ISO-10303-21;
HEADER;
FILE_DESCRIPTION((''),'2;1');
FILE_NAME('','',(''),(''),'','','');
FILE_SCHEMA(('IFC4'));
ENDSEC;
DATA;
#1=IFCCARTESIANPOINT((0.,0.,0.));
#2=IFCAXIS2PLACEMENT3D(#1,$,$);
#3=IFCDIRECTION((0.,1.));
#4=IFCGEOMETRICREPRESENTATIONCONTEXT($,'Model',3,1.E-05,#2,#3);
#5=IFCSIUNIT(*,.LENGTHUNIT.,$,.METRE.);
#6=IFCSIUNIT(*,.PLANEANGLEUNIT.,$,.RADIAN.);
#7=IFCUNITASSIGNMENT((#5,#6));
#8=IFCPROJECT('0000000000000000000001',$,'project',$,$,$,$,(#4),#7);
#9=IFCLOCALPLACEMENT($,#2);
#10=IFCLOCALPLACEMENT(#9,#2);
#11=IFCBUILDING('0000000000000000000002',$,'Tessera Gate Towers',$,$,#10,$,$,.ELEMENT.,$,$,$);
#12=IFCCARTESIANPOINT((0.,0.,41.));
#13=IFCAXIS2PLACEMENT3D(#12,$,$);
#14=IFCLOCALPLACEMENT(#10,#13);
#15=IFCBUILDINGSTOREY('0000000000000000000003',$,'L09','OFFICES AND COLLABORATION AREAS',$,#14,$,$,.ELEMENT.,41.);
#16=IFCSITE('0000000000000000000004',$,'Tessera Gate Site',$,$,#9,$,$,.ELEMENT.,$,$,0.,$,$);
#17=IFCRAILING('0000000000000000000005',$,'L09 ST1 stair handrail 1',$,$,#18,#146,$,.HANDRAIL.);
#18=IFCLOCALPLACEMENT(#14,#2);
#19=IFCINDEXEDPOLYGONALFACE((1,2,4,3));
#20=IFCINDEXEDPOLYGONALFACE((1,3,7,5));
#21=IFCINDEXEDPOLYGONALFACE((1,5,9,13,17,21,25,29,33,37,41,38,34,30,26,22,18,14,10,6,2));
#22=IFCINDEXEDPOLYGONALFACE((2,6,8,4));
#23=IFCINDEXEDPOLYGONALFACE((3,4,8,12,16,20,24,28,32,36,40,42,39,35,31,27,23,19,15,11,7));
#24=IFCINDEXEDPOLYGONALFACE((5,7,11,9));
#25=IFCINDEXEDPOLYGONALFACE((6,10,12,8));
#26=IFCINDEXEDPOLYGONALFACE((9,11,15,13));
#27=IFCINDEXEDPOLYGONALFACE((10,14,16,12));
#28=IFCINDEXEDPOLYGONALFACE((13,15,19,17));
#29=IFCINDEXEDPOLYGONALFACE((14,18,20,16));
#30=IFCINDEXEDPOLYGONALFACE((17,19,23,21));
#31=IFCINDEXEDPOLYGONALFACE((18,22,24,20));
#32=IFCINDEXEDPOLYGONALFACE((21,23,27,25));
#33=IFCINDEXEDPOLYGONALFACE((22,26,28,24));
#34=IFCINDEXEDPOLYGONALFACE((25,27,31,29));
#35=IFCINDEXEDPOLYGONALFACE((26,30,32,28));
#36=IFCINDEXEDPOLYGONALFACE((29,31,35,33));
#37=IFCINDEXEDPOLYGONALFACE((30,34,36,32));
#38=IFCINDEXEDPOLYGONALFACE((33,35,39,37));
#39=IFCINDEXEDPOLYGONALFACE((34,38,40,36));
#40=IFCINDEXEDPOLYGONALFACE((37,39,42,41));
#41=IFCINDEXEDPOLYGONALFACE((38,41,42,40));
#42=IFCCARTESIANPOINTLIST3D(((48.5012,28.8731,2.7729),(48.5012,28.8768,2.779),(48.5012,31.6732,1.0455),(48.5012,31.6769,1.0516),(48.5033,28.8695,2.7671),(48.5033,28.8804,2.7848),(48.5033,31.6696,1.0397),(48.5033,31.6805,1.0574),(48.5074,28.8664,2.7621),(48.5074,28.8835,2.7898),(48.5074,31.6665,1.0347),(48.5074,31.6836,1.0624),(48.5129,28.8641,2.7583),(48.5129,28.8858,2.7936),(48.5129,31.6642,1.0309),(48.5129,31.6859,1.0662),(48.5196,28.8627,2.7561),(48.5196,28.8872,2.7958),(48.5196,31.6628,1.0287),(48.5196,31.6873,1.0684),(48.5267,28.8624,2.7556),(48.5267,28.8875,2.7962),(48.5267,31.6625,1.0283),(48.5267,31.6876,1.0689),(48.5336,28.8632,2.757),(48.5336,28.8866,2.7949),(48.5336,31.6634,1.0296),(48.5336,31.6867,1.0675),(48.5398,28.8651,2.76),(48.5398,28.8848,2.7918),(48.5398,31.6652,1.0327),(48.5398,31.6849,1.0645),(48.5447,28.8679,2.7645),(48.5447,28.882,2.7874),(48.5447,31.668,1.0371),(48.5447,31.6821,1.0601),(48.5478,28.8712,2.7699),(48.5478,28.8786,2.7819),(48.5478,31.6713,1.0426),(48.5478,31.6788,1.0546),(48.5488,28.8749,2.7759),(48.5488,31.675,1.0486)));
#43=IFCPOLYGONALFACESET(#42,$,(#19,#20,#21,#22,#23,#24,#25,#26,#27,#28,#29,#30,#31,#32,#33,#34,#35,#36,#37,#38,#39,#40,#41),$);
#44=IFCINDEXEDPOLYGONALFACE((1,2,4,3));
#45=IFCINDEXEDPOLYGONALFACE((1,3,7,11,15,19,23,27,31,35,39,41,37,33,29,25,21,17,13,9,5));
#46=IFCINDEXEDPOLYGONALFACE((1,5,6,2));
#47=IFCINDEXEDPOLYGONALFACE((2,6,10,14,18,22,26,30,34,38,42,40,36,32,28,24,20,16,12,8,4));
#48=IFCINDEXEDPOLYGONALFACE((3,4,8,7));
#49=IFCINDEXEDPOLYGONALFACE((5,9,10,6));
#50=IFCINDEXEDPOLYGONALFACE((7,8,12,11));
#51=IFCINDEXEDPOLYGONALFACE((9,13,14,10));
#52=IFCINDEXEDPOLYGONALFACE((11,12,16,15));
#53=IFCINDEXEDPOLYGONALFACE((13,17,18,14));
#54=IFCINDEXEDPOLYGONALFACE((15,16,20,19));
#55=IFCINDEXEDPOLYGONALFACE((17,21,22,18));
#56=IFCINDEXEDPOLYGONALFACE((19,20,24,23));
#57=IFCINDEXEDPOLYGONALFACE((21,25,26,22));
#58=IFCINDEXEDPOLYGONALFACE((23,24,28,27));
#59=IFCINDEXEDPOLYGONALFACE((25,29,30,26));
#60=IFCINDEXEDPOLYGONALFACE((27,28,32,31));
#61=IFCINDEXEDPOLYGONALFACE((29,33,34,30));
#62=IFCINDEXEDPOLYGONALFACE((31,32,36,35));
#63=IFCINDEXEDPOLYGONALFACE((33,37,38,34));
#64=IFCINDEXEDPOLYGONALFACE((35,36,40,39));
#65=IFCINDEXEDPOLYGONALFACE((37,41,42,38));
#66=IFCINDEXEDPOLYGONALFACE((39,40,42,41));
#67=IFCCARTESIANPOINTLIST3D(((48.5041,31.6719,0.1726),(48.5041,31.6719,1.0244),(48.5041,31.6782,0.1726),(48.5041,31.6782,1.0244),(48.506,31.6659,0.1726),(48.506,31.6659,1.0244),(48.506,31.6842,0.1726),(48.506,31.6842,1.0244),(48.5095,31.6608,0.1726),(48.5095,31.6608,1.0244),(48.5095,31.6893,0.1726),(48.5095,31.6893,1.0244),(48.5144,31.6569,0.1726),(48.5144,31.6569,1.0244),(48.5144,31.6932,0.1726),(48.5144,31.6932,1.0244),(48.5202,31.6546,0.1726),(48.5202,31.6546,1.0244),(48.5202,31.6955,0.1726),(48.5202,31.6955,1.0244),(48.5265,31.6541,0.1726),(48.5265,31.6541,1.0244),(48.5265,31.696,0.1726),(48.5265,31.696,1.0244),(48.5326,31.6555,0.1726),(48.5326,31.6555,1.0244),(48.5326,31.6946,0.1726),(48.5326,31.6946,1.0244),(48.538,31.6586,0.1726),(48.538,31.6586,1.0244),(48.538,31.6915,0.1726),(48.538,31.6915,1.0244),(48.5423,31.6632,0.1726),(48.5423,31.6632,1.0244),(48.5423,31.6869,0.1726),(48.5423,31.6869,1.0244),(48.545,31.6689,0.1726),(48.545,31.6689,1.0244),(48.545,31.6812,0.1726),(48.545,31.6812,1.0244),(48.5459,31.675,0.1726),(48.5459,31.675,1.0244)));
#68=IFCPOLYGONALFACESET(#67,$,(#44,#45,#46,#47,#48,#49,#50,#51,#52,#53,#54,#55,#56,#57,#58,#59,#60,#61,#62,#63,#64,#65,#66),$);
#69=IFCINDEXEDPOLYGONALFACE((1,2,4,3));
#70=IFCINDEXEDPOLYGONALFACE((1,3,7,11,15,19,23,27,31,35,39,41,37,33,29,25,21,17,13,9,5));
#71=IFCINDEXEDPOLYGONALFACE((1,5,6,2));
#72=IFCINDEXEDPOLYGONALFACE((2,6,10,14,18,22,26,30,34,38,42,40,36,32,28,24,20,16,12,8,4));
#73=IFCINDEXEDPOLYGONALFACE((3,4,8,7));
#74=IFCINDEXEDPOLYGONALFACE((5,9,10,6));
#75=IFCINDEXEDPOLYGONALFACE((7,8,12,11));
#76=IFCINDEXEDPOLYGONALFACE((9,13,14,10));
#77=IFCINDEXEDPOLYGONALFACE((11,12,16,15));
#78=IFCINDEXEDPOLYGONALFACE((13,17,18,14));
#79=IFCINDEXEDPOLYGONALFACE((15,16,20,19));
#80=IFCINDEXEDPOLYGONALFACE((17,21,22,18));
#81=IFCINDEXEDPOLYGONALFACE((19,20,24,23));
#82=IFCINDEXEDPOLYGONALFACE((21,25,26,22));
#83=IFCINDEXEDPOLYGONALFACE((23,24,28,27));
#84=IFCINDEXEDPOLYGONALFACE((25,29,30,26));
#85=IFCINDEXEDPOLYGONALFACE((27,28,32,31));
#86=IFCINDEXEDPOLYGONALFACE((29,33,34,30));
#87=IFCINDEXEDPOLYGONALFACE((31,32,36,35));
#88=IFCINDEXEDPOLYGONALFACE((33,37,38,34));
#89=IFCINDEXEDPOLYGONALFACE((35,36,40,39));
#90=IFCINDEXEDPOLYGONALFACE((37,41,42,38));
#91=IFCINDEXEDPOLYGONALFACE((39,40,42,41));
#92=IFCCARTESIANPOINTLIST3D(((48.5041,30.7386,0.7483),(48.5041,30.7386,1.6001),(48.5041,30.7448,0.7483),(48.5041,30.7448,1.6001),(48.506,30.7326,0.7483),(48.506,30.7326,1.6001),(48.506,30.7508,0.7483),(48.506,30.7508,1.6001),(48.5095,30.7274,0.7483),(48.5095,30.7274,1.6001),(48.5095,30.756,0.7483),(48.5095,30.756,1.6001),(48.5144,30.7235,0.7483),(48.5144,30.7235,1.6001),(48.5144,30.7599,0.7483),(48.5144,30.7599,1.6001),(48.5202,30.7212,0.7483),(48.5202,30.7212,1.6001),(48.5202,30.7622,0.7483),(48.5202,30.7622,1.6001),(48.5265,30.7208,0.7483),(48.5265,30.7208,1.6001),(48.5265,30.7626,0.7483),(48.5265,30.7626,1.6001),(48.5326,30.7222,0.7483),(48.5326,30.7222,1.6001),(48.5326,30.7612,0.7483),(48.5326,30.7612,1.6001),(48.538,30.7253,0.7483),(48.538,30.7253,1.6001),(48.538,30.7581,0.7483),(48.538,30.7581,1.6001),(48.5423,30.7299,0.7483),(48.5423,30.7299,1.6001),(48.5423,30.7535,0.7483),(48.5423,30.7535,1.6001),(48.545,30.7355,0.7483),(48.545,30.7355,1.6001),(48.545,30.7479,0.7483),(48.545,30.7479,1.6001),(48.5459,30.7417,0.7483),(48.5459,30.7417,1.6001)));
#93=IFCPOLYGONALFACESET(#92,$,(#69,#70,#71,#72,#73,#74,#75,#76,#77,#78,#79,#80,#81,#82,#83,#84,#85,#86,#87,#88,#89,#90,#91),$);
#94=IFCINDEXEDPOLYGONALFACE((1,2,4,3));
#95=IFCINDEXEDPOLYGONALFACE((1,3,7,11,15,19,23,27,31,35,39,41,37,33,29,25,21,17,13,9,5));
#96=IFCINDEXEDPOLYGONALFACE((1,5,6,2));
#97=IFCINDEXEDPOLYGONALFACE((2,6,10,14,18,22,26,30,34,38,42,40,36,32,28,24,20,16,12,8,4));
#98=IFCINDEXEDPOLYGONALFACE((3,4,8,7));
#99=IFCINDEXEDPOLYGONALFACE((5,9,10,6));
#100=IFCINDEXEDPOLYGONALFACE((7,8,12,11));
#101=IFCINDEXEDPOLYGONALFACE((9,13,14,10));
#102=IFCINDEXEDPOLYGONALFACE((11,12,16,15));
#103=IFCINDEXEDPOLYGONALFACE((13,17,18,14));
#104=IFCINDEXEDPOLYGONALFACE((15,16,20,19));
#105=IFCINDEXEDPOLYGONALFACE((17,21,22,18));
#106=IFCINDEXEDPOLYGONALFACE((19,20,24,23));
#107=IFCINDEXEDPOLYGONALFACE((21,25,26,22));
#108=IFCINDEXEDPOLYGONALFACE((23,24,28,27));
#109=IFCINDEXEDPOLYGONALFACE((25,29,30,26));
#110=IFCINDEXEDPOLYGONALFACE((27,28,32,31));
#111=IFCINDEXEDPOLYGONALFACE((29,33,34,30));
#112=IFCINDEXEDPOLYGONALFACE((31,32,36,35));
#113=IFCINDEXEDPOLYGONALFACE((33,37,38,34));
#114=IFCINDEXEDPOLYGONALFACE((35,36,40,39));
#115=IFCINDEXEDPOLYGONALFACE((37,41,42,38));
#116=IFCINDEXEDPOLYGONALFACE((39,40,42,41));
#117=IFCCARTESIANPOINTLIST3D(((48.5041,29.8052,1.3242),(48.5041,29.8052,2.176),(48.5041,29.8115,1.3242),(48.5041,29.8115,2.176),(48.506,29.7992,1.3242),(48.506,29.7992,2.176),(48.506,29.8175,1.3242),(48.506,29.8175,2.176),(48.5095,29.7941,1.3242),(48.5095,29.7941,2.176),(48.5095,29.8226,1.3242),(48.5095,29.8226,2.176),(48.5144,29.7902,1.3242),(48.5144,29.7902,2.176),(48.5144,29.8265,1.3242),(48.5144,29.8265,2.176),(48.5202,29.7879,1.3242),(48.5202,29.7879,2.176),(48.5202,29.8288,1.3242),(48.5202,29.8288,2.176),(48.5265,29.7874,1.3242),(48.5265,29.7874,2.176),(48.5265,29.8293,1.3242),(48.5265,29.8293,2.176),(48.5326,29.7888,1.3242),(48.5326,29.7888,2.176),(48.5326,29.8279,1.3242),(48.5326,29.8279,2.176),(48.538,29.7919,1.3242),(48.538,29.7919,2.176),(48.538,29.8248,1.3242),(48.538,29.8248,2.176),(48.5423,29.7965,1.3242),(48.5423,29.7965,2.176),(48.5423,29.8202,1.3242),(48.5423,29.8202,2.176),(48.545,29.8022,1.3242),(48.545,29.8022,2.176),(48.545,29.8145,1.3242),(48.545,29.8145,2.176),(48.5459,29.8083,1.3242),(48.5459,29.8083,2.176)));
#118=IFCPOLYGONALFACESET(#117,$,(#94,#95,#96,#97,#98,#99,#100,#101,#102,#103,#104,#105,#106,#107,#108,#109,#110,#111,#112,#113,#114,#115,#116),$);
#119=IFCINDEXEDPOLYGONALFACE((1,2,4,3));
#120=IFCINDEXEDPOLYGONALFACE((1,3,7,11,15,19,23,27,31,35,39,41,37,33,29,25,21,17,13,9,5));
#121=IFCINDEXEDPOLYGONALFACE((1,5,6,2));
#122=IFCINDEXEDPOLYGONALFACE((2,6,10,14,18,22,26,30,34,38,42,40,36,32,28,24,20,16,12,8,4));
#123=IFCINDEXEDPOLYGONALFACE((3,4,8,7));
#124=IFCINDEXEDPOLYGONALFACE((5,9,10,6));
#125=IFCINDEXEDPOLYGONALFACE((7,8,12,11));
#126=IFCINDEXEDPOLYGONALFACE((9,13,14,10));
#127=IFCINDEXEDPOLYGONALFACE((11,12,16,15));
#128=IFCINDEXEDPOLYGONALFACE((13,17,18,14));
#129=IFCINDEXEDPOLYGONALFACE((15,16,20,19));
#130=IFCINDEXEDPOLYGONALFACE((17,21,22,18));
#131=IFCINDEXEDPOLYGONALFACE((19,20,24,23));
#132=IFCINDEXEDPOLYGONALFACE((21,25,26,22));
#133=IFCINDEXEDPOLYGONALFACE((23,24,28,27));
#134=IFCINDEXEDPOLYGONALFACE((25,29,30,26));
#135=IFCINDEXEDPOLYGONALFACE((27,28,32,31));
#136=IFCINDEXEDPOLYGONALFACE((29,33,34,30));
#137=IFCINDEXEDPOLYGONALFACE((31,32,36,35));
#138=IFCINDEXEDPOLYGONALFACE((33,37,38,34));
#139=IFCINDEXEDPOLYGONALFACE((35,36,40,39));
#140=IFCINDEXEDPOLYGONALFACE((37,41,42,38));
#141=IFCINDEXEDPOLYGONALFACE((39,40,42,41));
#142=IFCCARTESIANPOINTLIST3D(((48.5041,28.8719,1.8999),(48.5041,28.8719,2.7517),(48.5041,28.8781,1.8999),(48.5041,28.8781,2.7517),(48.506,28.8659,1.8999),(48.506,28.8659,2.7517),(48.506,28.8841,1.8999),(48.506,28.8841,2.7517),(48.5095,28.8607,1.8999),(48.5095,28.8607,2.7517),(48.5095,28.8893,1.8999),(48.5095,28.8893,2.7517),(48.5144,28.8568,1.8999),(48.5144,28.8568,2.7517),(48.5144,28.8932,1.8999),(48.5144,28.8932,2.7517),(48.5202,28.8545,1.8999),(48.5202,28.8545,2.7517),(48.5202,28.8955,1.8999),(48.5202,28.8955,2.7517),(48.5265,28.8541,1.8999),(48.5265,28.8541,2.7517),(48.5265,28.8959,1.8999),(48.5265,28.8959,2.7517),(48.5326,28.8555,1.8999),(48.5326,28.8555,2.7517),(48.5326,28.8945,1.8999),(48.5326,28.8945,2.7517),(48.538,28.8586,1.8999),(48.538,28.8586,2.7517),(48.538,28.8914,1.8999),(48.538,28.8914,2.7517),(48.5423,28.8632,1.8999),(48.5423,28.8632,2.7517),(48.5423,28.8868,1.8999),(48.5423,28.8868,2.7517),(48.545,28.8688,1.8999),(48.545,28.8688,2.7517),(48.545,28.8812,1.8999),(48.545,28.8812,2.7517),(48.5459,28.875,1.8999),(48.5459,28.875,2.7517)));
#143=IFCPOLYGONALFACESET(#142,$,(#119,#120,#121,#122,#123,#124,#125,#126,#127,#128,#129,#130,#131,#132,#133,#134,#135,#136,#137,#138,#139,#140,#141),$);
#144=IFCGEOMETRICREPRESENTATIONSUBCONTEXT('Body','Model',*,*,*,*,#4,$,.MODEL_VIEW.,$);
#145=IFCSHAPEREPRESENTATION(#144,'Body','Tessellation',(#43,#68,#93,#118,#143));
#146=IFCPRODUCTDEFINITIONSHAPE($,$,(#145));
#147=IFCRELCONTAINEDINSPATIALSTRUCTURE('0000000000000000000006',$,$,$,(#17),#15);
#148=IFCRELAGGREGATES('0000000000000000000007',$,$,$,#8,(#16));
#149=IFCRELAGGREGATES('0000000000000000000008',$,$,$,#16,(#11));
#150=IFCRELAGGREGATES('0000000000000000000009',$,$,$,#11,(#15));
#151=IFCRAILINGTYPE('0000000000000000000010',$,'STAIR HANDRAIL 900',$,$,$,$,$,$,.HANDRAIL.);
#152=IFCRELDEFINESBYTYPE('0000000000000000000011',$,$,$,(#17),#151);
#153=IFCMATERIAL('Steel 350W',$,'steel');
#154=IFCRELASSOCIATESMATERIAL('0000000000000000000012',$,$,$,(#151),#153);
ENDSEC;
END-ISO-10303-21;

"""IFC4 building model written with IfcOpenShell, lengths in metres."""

from ifc_helpers import new_model, si_unit, direction, frame, origin, origin_2d, place, context, subcontext, project, spatial, circle, extrude, material, type_object, element, save


model = new_model("IFC4")

# Units and contexts
model_context = context("Model", 3, precision=1e-05, world=origin(), true_north=direction((0.0, 1.0)))
body_context = subcontext(model_context, "Body", "Model", "MODEL_VIEW")
ifc_project = project(units=[si_unit("LENGTHUNIT", "METRE"), si_unit("PLANEANGLEUNIT", "RADIAN")], contexts=[model_context])

# Site, building, storey
site_placement = place(None, origin())
site = spatial("IfcSite", under=ifc_project, at=site_placement, Name="Tessera Gate Site", CompositionType="ELEMENT", RefElevation=0.0)
building_placement = place(site_placement, origin())
building = spatial("IfcBuilding", under=site, at=building_placement, Name="Tessera Gate Towers", CompositionType="ELEMENT")
storey_placement = place(building_placement, frame((0.0, 0.0, 41.0)))
storey = spatial("IfcBuildingStorey", under=building, at=storey_placement, Name="L09", Description="OFFICES AND COLLABORATION AREAS", CompositionType="ELEMENT", Elevation=41.0)

# Railing
ifc_material_1 = material(Name="Steel 350W", Category="steel")
railing_type = type_object("IfcRailingType", Name="STAIR HANDRAIL 900", PredefinedType="HANDRAIL", material=ifc_material_1)
railing_placement = place(storey_placement, frame((48.5249, 31.675, 0.1726)))
element("IfcRailing", 1, at=railing_placement, inside=storey, type_object=railing_type, Name="L09 ST1 stair handrail 1", PredefinedType="HANDRAIL", context=body_context, shape_type="SweptSolid", body=[
    extrude(circle(Radius=0.0239, at=origin_2d()), frame((0.0, 0.0, 0.876), z_axis=(0.0, -0.85109, 0.52502), x_axis=(1.0, 0.0, 0.0)), (0.0, 0.0, 1.0), 3.29),
    extrude(circle(Radius=0.021, at=origin_2d()), origin(), (0.0, 0.0, 1.0), 0.8518),
    extrude(circle(Radius=0.021, at=origin_2d()), frame((0.0, -0.9333, 0.5757)), (0.0, 0.0, 1.0), 0.8518),
    extrude(circle(Radius=0.021, at=origin_2d()), frame((0.0, -1.8667, 1.1516)), (0.0, 0.0, 1.0), 0.8518),
    extrude(circle(Radius=0.021, at=origin_2d()), frame((0.0, -2.8, 1.7273)), (0.0, 0.0, 1.0), 0.8518),
])

save(model, "model.ifc")
